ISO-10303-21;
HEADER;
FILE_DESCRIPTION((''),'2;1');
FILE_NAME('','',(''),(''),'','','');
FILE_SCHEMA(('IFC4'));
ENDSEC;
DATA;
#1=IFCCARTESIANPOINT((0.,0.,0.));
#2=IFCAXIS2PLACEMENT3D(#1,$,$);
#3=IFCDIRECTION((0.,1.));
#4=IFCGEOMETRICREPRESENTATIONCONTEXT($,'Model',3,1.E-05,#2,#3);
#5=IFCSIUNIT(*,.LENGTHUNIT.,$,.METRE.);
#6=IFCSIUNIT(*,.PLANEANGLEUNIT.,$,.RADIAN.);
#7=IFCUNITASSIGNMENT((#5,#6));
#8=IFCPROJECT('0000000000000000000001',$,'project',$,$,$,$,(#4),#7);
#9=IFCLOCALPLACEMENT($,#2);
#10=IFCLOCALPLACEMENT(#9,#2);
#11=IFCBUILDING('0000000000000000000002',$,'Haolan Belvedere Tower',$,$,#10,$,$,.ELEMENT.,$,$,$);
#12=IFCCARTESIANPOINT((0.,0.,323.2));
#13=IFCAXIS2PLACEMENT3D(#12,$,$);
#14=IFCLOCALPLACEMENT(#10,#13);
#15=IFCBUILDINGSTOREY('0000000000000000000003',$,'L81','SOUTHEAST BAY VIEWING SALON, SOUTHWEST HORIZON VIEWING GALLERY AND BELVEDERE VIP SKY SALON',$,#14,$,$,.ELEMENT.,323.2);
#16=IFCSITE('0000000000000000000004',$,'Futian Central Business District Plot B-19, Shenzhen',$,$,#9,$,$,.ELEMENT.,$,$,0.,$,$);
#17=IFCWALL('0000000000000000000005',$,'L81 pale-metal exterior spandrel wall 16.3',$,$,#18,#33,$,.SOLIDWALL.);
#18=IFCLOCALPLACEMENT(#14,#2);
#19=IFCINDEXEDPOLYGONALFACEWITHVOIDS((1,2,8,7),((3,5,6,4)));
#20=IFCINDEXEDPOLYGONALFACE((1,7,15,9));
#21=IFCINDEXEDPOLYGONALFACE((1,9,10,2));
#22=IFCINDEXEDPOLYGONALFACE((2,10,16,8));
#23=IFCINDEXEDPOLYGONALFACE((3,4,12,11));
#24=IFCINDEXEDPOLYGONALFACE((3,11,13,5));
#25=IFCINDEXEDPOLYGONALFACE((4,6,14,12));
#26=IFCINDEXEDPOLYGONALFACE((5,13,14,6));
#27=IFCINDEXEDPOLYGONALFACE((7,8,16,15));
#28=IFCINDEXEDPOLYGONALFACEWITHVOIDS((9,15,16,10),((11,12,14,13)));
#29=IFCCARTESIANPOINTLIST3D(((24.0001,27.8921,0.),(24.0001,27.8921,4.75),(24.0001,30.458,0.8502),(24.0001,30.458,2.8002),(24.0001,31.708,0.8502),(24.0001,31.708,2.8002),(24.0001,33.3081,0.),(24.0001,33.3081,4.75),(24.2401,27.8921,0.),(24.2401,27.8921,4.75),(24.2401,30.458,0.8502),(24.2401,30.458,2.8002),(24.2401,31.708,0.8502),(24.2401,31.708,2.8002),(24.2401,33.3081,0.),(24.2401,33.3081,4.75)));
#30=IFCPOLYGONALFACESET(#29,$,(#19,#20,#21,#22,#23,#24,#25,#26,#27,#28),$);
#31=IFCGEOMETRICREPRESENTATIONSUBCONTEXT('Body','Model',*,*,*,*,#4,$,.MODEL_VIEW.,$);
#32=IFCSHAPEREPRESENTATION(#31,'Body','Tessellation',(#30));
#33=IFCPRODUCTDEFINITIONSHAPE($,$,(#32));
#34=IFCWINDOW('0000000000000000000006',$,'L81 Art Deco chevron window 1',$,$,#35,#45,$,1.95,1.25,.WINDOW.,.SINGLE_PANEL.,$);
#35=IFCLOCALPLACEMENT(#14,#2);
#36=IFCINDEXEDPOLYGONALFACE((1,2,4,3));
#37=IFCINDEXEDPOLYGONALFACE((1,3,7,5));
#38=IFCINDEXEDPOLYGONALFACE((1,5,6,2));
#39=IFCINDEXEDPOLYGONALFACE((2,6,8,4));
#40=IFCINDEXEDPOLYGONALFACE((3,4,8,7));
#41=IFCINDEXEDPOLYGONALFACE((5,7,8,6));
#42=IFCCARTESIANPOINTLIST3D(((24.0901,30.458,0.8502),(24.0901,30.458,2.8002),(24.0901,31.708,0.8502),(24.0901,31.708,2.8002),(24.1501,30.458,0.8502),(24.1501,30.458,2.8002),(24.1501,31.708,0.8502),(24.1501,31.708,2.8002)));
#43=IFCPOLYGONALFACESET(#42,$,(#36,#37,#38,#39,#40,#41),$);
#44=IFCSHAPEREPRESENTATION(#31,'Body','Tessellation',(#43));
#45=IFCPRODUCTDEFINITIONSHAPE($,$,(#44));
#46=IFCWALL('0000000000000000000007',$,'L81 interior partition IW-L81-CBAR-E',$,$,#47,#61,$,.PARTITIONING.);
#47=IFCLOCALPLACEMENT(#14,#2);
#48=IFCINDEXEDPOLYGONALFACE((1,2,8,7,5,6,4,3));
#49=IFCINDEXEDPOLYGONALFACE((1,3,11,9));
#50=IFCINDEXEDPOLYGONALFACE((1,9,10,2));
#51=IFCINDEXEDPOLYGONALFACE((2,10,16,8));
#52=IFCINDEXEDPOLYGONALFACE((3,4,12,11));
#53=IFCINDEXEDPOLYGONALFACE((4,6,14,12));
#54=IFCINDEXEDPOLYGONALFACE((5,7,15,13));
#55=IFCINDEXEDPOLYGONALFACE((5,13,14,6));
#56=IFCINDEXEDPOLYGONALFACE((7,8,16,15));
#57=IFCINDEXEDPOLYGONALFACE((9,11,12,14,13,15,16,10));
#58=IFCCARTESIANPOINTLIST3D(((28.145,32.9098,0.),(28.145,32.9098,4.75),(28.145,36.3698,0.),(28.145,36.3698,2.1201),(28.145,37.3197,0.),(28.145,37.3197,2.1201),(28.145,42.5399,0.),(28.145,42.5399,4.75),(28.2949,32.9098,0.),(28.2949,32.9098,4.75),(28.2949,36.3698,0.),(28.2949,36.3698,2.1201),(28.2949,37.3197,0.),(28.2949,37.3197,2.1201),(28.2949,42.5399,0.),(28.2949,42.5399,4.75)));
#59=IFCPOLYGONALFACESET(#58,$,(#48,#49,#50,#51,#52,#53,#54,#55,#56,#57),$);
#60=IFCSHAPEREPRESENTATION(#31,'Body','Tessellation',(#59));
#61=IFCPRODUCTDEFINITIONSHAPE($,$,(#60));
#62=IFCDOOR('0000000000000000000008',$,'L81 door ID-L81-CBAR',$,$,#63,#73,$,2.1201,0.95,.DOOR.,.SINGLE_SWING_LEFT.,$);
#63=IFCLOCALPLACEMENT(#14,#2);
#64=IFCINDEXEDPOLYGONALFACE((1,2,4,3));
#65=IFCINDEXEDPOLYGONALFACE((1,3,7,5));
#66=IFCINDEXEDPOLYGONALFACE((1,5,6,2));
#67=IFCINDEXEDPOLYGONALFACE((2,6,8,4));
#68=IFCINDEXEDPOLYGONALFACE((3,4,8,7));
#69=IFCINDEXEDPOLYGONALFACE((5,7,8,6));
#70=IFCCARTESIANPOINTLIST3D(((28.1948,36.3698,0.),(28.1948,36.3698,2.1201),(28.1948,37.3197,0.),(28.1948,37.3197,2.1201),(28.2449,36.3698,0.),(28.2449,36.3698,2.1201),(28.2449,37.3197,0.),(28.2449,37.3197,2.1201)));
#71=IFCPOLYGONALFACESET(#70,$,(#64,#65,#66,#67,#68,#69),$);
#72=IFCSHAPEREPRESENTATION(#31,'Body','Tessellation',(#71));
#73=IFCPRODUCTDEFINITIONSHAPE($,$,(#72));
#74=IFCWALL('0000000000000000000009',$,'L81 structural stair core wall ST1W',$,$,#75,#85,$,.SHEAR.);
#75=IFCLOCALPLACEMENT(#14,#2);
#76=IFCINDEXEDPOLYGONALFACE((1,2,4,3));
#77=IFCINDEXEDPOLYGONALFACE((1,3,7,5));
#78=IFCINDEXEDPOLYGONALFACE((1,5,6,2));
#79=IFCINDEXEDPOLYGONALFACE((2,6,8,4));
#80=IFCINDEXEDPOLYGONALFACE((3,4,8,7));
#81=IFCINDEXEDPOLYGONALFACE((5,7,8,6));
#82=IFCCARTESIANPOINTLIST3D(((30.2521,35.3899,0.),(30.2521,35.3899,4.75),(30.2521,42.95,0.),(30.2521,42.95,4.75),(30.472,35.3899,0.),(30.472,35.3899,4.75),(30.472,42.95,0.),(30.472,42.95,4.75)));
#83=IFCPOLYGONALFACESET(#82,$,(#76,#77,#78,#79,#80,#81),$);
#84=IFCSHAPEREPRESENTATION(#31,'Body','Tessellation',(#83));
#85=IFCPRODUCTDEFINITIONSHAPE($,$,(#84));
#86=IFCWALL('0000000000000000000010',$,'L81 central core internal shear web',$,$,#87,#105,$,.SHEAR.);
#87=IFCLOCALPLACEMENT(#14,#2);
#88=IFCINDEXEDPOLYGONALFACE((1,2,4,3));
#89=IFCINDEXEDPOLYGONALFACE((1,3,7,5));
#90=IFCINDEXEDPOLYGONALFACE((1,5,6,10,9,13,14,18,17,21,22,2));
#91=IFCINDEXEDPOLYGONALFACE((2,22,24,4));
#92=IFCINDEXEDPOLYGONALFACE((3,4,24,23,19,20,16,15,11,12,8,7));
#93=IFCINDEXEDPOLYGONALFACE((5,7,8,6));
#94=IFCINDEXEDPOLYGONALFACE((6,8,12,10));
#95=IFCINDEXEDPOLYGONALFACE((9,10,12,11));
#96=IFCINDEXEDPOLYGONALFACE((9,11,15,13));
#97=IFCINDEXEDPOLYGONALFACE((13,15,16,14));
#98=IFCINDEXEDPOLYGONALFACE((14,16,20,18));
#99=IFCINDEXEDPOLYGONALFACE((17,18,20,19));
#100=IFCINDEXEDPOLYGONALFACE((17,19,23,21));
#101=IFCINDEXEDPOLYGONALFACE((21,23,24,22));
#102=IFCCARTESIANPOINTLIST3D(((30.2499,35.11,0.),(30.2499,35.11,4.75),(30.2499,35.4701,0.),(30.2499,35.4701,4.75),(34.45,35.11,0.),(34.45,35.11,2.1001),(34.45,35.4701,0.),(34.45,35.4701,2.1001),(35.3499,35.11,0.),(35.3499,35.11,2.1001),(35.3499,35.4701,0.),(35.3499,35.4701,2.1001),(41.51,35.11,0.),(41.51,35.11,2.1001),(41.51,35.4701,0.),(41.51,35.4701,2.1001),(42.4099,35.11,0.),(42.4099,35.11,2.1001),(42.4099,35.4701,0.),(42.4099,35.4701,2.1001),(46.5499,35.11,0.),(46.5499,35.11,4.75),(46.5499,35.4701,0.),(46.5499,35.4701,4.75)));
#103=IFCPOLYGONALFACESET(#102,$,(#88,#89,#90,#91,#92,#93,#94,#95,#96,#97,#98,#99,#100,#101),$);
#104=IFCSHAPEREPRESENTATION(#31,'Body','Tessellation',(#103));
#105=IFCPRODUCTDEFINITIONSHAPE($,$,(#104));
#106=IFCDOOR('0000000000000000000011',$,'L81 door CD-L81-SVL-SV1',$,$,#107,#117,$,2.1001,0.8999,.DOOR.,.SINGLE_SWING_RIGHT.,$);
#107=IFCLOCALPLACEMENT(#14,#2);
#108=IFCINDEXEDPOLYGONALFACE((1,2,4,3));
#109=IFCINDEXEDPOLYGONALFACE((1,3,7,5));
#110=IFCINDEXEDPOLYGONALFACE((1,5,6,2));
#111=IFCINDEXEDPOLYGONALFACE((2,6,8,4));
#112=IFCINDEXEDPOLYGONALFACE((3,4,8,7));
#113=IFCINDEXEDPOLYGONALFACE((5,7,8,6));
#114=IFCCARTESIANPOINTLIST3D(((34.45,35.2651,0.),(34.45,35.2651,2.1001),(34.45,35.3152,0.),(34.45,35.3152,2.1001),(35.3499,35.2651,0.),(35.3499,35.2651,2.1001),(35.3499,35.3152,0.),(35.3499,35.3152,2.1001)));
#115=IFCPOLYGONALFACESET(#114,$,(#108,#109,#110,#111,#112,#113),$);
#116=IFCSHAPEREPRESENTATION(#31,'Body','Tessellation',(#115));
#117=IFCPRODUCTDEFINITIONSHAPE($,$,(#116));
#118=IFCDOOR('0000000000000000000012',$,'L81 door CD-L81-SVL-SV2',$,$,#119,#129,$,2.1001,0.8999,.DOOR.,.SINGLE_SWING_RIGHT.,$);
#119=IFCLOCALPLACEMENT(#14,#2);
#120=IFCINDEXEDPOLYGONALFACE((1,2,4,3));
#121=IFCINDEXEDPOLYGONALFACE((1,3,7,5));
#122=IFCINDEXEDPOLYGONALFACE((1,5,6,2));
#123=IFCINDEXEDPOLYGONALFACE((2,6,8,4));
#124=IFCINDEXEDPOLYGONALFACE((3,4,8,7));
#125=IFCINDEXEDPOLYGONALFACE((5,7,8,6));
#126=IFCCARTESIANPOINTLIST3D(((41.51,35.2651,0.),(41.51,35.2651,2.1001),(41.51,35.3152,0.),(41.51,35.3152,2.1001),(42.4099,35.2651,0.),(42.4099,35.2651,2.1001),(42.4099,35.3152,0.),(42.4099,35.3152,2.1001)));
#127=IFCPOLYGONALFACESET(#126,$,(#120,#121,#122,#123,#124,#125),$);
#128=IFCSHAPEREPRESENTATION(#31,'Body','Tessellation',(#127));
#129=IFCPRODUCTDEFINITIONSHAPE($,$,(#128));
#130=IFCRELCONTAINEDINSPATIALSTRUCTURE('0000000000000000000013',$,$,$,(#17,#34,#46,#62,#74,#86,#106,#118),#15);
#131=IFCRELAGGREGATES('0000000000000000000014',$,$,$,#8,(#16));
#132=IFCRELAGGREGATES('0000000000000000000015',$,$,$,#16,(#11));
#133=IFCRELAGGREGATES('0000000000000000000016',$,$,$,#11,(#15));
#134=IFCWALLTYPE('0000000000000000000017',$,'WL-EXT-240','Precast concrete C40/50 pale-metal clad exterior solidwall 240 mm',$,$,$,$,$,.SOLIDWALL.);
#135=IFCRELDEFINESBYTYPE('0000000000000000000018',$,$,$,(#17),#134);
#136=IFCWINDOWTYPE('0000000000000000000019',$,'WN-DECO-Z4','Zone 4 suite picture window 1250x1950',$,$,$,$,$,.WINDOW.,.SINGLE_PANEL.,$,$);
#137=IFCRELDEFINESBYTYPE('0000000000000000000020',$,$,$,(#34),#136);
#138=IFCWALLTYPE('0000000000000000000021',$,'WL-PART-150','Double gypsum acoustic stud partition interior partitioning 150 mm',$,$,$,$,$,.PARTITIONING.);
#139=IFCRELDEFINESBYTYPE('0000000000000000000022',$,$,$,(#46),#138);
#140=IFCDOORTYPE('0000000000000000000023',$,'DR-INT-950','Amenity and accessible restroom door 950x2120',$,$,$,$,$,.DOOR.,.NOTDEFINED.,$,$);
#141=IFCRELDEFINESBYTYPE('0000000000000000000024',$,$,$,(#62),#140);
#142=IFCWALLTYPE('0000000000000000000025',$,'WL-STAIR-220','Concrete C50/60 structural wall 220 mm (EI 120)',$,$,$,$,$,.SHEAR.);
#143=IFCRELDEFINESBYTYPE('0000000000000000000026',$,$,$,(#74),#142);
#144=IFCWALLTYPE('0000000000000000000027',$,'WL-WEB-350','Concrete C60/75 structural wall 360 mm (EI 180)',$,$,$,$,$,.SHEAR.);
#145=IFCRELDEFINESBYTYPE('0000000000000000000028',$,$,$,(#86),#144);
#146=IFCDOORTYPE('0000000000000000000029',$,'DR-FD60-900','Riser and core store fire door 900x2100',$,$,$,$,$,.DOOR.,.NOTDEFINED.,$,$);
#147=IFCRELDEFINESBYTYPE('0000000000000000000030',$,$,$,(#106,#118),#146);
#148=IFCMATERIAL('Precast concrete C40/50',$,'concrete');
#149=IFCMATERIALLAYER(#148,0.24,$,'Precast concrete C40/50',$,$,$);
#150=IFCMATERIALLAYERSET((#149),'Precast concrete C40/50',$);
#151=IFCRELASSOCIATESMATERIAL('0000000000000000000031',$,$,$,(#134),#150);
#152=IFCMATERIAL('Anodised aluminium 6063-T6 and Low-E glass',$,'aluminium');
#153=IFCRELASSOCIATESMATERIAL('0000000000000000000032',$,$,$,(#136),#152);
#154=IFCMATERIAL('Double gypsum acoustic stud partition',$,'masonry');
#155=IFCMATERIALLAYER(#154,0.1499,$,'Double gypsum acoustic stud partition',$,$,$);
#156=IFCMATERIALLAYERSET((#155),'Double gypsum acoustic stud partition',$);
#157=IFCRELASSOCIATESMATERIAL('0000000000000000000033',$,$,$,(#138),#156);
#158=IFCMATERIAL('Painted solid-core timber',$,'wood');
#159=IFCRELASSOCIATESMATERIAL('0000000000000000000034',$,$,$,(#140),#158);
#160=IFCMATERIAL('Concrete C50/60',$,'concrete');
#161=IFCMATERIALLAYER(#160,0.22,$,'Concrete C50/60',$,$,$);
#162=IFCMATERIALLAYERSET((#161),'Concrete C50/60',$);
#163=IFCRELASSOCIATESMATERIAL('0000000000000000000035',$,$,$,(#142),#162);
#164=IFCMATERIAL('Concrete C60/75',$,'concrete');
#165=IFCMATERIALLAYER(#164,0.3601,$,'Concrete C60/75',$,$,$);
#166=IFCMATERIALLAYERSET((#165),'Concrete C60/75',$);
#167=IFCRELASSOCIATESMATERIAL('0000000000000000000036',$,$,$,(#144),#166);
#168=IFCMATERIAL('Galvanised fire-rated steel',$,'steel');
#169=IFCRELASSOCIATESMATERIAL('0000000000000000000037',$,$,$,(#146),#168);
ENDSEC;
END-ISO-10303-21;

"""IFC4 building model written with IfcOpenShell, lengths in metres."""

from ifc_helpers import new_model, si_unit, direction, frame, frame_2d, origin, place, context, subcontext, project, spatial, rectangle, extrude, material, layer, layer_set, type_object, element, fill, save


model = new_model("IFC4")

# Units and contexts
model_context = context("Model", 3, precision=1e-05, world=origin(), true_north=direction((0.0, 1.0)))
body_context = subcontext(model_context, "Body", "Model", "MODEL_VIEW")
ifc_project = project(units=[si_unit("LENGTHUNIT", "METRE"), si_unit("PLANEANGLEUNIT", "RADIAN")], contexts=[model_context])

# Site, building, storey
site_placement = place(None, origin())
site = spatial("IfcSite", under=ifc_project, at=site_placement, Name="Futian Central Business District Plot B-19, Shenzhen", CompositionType="ELEMENT", RefElevation=0.0)
building_placement = place(site_placement, origin())
building = spatial("IfcBuilding", under=site, at=building_placement, Name="Haolan Belvedere Tower", CompositionType="ELEMENT")
storey_placement = place(building_placement, frame((0.0, 0.0, 323.2)))
storey = spatial("IfcBuildingStorey", under=building, at=storey_placement, Name="L81", Description="SOUTHEAST BAY VIEWING SALON, SOUTHWEST HORIZON VIEWING GALLERY AND BELVEDERE VIP SKY SALON", CompositionType="ELEMENT", Elevation=323.2)

# Wall, opening, window
ifc_material_1 = material(Name="Precast concrete C40/50", Category="concrete")
ifc_layer_1 = layer(ifc_material_1, 0.24, Name="Precast concrete C40/50")
ifc_layer_set_1 = layer_set([ifc_layer_1], Name="Precast concrete C40/50")
wall_type_1 = type_object("IfcWallType", Name="WL-EXT-240", Description="Precast concrete C40/50 pale-metal clad exterior solidwall 240 mm", PredefinedType="SOLIDWALL", material=ifc_layer_set_1)
ifc_material_2 = material(Name="Anodised aluminium 6063-T6 and Low-E glass", Category="aluminium")
window_type = type_object("IfcWindowType", Name="WN-DECO-Z4", Description="Zone 4 suite picture window 1250x1950", PartitioningType="SINGLE_PANEL", PredefinedType="WINDOW", material=ifc_material_2)
wall_1_placement = place(storey_placement, frame((24.1201, 33.3081, 0.0), z_axis=(0.0, 0.0, 1.0), x_axis=(0.0, -1.0, 0.0)))
wall_1 = element("IfcWall", 1, at=wall_1_placement, inside=storey, type_object=wall_type_1, Name="L81 pale-metal exterior spandrel wall 16.3", PredefinedType="SOLIDWALL", context=body_context, shape_type="SweptSolid", body=[
    extrude(rectangle(XDim=5.416, YDim=0.24, at=frame_2d((2.708, 0.0))), origin(), (0.0, 0.0, 1.0), 4.75),
])
opening_1_placement = place(wall_1_placement, frame((1.6001, 0.0, 0.8501)))
opening_1 = element("IfcOpeningElement", 2, at=opening_1_placement, cuts=wall_1, PredefinedType="OPENING", context=body_context, shape_type="SweptSolid", body=[
    extrude(rectangle(XDim=1.25, YDim=1.95, at=frame_2d((0.625, 0.9751))), frame((0.0, 0.1299, 0.0), z_axis=(0.0, -1.0, 0.0), x_axis=(1.0, 0.0, 0.0)), (0.0, 0.0, 1.0), 0.26),
])
window_1_placement = place(opening_1_placement, origin())
window_1 = element("IfcWindow", 3, at=window_1_placement, inside=storey, type_object=window_type, Name="L81 Art Deco chevron window 1", OverallHeight=1.95, OverallWidth=1.25, PartitioningType="SINGLE_PANEL", PredefinedType="WINDOW", context=body_context, shape_type="SweptSolid", body=[
    extrude(rectangle(XDim=1.25, YDim=1.95, at=frame_2d((0.625, 0.9751))), frame((0.0, 0.03, 0.0), z_axis=(0.0, -1.0, 0.0), x_axis=(1.0, 0.0, 0.0)), (0.0, 0.0, 1.0), 0.0601),
])
fill(opening_1, window_1)

# Wall, opening, door
ifc_material_3 = material(Name="Double gypsum acoustic stud partition", Category="masonry")
ifc_layer_2 = layer(ifc_material_3, 0.1499, Name="Double gypsum acoustic stud partition")
ifc_layer_set_2 = layer_set([ifc_layer_2], Name="Double gypsum acoustic stud partition")
wall_type_2 = type_object("IfcWallType", Name="WL-PART-150", Description="Double gypsum acoustic stud partition interior partitioning 150 mm", PredefinedType="PARTITIONING", material=ifc_layer_set_2)
wall_2_placement = place(storey_placement, frame((28.22, 32.9099, 0.0), z_axis=(0.0, 0.0, 1.0), x_axis=(0.0, 1.0, 0.0)))
wall_2 = element("IfcWall", 4, at=wall_2_placement, inside=storey, type_object=wall_type_2, Name="L81 interior partition IW-L81-CBAR-E", PredefinedType="PARTITIONING", context=body_context, shape_type="SweptSolid", body=[
    extrude(rectangle(XDim=9.6301, YDim=0.1499, at=frame_2d((4.8149, 0.0))), origin(), (0.0, 0.0, 1.0), 4.75),
])
opening_2_placement = place(wall_2_placement, frame((4.4099, 0.0, 0.0), z_axis=(0.0, 0.0, 1.0), x_axis=(-1.0, 0.0, 0.0)))
opening_2 = element("IfcOpeningElement", 5, at=opening_2_placement, cuts=wall_2, PredefinedType="OPENING", context=body_context, shape_type="SweptSolid", body=[
    extrude(rectangle(XDim=0.95, YDim=2.1201, at=frame_2d((0.4751, 1.0601))), frame((0.0, 0.085, 0.0), z_axis=(0.0, -1.0, 0.0), x_axis=(1.0, 0.0, 0.0)), (0.0, 0.0, 1.0), 0.1699),
])
ifc_material_4 = material(Name="Painted solid-core timber", Category="wood")
door_type_1 = type_object("IfcDoorType", Name="DR-INT-950", Description="Amenity and accessible restroom door 950x2120", OperationType="NOTDEFINED", PredefinedType="DOOR", material=ifc_material_4)
door_1_placement = place(opening_2_placement, origin())
door_1 = element("IfcDoor", 6, at=door_1_placement, inside=storey, type_object=door_type_1, Name="L81 door ID-L81-CBAR", OperationType="SINGLE_SWING_LEFT", OverallHeight=2.1201, OverallWidth=0.95, PredefinedType="DOOR", context=body_context, shape_type="SweptSolid", body=[
    extrude(rectangle(XDim=0.95, YDim=2.1201, at=frame_2d((0.4751, 1.0601))), frame((0.0, 0.0249, 0.0), z_axis=(0.0, -1.0, 0.0), x_axis=(1.0, 0.0, 0.0)), (0.0, 0.0, 1.0), 0.05),
])
fill(opening_2, door_1)

# Wall
ifc_material_5 = material(Name="Concrete C50/60", Category="concrete")
ifc_layer_3 = layer(ifc_material_5, 0.22, Name="Concrete C50/60")
ifc_layer_set_3 = layer_set([ifc_layer_3], Name="Concrete C50/60")
wall_type_3 = type_object("IfcWallType", Name="WL-STAIR-220", Description="Concrete C50/60 structural wall 220 mm (EI 120)", PredefinedType="SHEAR", material=ifc_layer_set_3)
wall_3_placement = place(storey_placement, frame((30.3621, 35.3899, 0.0), z_axis=(0.0, 0.0, 1.0), x_axis=(0.0, 1.0, 0.0)))
element("IfcWall", 7, at=wall_3_placement, inside=storey, type_object=wall_type_3, Name="L81 structural stair core wall ST1W", PredefinedType="SHEAR", context=body_context, shape_type="SweptSolid", body=[
    extrude(rectangle(XDim=7.5601, YDim=0.22, at=frame_2d((3.78, 0.0))), origin(), (0.0, 0.0, 1.0), 4.75),
])

# Wall, openings, doors
ifc_material_6 = material(Name="Concrete C60/75", Category="concrete")
ifc_layer_4 = layer(ifc_material_6, 0.3601, Name="Concrete C60/75")
ifc_layer_set_4 = layer_set([ifc_layer_4], Name="Concrete C60/75")
wall_type_4 = type_object("IfcWallType", Name="WL-WEB-350", Description="Concrete C60/75 structural wall 360 mm (EI 180)", PredefinedType="SHEAR", material=ifc_layer_set_4)
wall_4_placement = place(storey_placement, frame((30.25, 35.29, 0.0), z_axis=(0.0, 0.0, 1.0), x_axis=(1.0, 0.0, 0.0)))
wall_4 = element("IfcWall", 8, at=wall_4_placement, inside=storey, type_object=wall_type_4, Name="L81 central core internal shear web", PredefinedType="SHEAR", context=body_context, shape_type="SweptSolid", body=[
    extrude(rectangle(XDim=16.3, YDim=0.3601, at=frame_2d((8.1499, 0.0))), origin(), (0.0, 0.0, 1.0), 4.75),
])
opening_3_placement = place(wall_4_placement, frame((5.0999, 0.0, 0.0), z_axis=(0.0, 0.0, 1.0), x_axis=(-1.0, 0.0, 0.0)))
opening_3 = element("IfcOpeningElement", 9, at=opening_3_placement, cuts=wall_4, PredefinedType="OPENING", context=body_context, shape_type="SweptSolid", body=[
    extrude(rectangle(XDim=0.8999, YDim=2.1001, at=frame_2d((0.45, 1.05))), frame((0.0, 0.1899, 0.0), z_axis=(0.0, -1.0, 0.0), x_axis=(1.0, 0.0, 0.0)), (0.0, 0.0, 1.0), 0.3801),
])
opening_4_placement = place(wall_4_placement, frame((12.1599, 0.0, 0.0), z_axis=(0.0, 0.0, 1.0), x_axis=(-1.0, 0.0, 0.0)))
opening_4 = element("IfcOpeningElement", 10, at=opening_4_placement, cuts=wall_4, PredefinedType="OPENING", context=body_context, shape_type="SweptSolid", body=[
    extrude(rectangle(XDim=0.8999, YDim=2.1001, at=frame_2d((0.45, 1.05))), frame((0.0, 0.1899, 0.0), z_axis=(0.0, -1.0, 0.0), x_axis=(1.0, 0.0, 0.0)), (0.0, 0.0, 1.0), 0.3801),
])
ifc_material_7 = material(Name="Galvanised fire-rated steel", Category="steel")
door_type_2 = type_object("IfcDoorType", Name="DR-FD60-900", Description="Riser and core store fire door 900x2100", OperationType="NOTDEFINED", PredefinedType="DOOR", material=ifc_material_7)
door_2_placement = place(opening_3_placement, origin())
door_2 = element("IfcDoor", 11, at=door_2_placement, inside=storey, type_object=door_type_2, Name="L81 door CD-L81-SVL-SV1", OperationType="SINGLE_SWING_RIGHT", OverallHeight=2.1001, OverallWidth=0.8999, PredefinedType="DOOR", context=body_context, shape_type="SweptSolid", body=[
    extrude(rectangle(XDim=0.8999, YDim=2.1001, at=frame_2d((0.45, 1.05))), frame((0.0, 0.0249, 0.0), z_axis=(0.0, -1.0, 0.0), x_axis=(1.0, 0.0, 0.0)), (0.0, 0.0, 1.0), 0.05),
])
fill(opening_3, door_2)
door_3_placement = place(opening_4_placement, origin())
door_3 = element("IfcDoor", 12, at=door_3_placement, inside=storey, type_object=door_type_2, Name="L81 door CD-L81-SVL-SV2", OperationType="SINGLE_SWING_RIGHT", OverallHeight=2.1001, OverallWidth=0.8999, PredefinedType="DOOR", context=body_context, shape_type="SweptSolid", body=[
    extrude(rectangle(XDim=0.8999, YDim=2.1001, at=frame_2d((0.45, 1.05))), frame((0.0, 0.0249, 0.0), z_axis=(0.0, -1.0, 0.0), x_axis=(1.0, 0.0, 0.0)), (0.0, 0.0, 1.0), 0.05),
])
fill(opening_4, door_3)

save(model, "model.ifc")
